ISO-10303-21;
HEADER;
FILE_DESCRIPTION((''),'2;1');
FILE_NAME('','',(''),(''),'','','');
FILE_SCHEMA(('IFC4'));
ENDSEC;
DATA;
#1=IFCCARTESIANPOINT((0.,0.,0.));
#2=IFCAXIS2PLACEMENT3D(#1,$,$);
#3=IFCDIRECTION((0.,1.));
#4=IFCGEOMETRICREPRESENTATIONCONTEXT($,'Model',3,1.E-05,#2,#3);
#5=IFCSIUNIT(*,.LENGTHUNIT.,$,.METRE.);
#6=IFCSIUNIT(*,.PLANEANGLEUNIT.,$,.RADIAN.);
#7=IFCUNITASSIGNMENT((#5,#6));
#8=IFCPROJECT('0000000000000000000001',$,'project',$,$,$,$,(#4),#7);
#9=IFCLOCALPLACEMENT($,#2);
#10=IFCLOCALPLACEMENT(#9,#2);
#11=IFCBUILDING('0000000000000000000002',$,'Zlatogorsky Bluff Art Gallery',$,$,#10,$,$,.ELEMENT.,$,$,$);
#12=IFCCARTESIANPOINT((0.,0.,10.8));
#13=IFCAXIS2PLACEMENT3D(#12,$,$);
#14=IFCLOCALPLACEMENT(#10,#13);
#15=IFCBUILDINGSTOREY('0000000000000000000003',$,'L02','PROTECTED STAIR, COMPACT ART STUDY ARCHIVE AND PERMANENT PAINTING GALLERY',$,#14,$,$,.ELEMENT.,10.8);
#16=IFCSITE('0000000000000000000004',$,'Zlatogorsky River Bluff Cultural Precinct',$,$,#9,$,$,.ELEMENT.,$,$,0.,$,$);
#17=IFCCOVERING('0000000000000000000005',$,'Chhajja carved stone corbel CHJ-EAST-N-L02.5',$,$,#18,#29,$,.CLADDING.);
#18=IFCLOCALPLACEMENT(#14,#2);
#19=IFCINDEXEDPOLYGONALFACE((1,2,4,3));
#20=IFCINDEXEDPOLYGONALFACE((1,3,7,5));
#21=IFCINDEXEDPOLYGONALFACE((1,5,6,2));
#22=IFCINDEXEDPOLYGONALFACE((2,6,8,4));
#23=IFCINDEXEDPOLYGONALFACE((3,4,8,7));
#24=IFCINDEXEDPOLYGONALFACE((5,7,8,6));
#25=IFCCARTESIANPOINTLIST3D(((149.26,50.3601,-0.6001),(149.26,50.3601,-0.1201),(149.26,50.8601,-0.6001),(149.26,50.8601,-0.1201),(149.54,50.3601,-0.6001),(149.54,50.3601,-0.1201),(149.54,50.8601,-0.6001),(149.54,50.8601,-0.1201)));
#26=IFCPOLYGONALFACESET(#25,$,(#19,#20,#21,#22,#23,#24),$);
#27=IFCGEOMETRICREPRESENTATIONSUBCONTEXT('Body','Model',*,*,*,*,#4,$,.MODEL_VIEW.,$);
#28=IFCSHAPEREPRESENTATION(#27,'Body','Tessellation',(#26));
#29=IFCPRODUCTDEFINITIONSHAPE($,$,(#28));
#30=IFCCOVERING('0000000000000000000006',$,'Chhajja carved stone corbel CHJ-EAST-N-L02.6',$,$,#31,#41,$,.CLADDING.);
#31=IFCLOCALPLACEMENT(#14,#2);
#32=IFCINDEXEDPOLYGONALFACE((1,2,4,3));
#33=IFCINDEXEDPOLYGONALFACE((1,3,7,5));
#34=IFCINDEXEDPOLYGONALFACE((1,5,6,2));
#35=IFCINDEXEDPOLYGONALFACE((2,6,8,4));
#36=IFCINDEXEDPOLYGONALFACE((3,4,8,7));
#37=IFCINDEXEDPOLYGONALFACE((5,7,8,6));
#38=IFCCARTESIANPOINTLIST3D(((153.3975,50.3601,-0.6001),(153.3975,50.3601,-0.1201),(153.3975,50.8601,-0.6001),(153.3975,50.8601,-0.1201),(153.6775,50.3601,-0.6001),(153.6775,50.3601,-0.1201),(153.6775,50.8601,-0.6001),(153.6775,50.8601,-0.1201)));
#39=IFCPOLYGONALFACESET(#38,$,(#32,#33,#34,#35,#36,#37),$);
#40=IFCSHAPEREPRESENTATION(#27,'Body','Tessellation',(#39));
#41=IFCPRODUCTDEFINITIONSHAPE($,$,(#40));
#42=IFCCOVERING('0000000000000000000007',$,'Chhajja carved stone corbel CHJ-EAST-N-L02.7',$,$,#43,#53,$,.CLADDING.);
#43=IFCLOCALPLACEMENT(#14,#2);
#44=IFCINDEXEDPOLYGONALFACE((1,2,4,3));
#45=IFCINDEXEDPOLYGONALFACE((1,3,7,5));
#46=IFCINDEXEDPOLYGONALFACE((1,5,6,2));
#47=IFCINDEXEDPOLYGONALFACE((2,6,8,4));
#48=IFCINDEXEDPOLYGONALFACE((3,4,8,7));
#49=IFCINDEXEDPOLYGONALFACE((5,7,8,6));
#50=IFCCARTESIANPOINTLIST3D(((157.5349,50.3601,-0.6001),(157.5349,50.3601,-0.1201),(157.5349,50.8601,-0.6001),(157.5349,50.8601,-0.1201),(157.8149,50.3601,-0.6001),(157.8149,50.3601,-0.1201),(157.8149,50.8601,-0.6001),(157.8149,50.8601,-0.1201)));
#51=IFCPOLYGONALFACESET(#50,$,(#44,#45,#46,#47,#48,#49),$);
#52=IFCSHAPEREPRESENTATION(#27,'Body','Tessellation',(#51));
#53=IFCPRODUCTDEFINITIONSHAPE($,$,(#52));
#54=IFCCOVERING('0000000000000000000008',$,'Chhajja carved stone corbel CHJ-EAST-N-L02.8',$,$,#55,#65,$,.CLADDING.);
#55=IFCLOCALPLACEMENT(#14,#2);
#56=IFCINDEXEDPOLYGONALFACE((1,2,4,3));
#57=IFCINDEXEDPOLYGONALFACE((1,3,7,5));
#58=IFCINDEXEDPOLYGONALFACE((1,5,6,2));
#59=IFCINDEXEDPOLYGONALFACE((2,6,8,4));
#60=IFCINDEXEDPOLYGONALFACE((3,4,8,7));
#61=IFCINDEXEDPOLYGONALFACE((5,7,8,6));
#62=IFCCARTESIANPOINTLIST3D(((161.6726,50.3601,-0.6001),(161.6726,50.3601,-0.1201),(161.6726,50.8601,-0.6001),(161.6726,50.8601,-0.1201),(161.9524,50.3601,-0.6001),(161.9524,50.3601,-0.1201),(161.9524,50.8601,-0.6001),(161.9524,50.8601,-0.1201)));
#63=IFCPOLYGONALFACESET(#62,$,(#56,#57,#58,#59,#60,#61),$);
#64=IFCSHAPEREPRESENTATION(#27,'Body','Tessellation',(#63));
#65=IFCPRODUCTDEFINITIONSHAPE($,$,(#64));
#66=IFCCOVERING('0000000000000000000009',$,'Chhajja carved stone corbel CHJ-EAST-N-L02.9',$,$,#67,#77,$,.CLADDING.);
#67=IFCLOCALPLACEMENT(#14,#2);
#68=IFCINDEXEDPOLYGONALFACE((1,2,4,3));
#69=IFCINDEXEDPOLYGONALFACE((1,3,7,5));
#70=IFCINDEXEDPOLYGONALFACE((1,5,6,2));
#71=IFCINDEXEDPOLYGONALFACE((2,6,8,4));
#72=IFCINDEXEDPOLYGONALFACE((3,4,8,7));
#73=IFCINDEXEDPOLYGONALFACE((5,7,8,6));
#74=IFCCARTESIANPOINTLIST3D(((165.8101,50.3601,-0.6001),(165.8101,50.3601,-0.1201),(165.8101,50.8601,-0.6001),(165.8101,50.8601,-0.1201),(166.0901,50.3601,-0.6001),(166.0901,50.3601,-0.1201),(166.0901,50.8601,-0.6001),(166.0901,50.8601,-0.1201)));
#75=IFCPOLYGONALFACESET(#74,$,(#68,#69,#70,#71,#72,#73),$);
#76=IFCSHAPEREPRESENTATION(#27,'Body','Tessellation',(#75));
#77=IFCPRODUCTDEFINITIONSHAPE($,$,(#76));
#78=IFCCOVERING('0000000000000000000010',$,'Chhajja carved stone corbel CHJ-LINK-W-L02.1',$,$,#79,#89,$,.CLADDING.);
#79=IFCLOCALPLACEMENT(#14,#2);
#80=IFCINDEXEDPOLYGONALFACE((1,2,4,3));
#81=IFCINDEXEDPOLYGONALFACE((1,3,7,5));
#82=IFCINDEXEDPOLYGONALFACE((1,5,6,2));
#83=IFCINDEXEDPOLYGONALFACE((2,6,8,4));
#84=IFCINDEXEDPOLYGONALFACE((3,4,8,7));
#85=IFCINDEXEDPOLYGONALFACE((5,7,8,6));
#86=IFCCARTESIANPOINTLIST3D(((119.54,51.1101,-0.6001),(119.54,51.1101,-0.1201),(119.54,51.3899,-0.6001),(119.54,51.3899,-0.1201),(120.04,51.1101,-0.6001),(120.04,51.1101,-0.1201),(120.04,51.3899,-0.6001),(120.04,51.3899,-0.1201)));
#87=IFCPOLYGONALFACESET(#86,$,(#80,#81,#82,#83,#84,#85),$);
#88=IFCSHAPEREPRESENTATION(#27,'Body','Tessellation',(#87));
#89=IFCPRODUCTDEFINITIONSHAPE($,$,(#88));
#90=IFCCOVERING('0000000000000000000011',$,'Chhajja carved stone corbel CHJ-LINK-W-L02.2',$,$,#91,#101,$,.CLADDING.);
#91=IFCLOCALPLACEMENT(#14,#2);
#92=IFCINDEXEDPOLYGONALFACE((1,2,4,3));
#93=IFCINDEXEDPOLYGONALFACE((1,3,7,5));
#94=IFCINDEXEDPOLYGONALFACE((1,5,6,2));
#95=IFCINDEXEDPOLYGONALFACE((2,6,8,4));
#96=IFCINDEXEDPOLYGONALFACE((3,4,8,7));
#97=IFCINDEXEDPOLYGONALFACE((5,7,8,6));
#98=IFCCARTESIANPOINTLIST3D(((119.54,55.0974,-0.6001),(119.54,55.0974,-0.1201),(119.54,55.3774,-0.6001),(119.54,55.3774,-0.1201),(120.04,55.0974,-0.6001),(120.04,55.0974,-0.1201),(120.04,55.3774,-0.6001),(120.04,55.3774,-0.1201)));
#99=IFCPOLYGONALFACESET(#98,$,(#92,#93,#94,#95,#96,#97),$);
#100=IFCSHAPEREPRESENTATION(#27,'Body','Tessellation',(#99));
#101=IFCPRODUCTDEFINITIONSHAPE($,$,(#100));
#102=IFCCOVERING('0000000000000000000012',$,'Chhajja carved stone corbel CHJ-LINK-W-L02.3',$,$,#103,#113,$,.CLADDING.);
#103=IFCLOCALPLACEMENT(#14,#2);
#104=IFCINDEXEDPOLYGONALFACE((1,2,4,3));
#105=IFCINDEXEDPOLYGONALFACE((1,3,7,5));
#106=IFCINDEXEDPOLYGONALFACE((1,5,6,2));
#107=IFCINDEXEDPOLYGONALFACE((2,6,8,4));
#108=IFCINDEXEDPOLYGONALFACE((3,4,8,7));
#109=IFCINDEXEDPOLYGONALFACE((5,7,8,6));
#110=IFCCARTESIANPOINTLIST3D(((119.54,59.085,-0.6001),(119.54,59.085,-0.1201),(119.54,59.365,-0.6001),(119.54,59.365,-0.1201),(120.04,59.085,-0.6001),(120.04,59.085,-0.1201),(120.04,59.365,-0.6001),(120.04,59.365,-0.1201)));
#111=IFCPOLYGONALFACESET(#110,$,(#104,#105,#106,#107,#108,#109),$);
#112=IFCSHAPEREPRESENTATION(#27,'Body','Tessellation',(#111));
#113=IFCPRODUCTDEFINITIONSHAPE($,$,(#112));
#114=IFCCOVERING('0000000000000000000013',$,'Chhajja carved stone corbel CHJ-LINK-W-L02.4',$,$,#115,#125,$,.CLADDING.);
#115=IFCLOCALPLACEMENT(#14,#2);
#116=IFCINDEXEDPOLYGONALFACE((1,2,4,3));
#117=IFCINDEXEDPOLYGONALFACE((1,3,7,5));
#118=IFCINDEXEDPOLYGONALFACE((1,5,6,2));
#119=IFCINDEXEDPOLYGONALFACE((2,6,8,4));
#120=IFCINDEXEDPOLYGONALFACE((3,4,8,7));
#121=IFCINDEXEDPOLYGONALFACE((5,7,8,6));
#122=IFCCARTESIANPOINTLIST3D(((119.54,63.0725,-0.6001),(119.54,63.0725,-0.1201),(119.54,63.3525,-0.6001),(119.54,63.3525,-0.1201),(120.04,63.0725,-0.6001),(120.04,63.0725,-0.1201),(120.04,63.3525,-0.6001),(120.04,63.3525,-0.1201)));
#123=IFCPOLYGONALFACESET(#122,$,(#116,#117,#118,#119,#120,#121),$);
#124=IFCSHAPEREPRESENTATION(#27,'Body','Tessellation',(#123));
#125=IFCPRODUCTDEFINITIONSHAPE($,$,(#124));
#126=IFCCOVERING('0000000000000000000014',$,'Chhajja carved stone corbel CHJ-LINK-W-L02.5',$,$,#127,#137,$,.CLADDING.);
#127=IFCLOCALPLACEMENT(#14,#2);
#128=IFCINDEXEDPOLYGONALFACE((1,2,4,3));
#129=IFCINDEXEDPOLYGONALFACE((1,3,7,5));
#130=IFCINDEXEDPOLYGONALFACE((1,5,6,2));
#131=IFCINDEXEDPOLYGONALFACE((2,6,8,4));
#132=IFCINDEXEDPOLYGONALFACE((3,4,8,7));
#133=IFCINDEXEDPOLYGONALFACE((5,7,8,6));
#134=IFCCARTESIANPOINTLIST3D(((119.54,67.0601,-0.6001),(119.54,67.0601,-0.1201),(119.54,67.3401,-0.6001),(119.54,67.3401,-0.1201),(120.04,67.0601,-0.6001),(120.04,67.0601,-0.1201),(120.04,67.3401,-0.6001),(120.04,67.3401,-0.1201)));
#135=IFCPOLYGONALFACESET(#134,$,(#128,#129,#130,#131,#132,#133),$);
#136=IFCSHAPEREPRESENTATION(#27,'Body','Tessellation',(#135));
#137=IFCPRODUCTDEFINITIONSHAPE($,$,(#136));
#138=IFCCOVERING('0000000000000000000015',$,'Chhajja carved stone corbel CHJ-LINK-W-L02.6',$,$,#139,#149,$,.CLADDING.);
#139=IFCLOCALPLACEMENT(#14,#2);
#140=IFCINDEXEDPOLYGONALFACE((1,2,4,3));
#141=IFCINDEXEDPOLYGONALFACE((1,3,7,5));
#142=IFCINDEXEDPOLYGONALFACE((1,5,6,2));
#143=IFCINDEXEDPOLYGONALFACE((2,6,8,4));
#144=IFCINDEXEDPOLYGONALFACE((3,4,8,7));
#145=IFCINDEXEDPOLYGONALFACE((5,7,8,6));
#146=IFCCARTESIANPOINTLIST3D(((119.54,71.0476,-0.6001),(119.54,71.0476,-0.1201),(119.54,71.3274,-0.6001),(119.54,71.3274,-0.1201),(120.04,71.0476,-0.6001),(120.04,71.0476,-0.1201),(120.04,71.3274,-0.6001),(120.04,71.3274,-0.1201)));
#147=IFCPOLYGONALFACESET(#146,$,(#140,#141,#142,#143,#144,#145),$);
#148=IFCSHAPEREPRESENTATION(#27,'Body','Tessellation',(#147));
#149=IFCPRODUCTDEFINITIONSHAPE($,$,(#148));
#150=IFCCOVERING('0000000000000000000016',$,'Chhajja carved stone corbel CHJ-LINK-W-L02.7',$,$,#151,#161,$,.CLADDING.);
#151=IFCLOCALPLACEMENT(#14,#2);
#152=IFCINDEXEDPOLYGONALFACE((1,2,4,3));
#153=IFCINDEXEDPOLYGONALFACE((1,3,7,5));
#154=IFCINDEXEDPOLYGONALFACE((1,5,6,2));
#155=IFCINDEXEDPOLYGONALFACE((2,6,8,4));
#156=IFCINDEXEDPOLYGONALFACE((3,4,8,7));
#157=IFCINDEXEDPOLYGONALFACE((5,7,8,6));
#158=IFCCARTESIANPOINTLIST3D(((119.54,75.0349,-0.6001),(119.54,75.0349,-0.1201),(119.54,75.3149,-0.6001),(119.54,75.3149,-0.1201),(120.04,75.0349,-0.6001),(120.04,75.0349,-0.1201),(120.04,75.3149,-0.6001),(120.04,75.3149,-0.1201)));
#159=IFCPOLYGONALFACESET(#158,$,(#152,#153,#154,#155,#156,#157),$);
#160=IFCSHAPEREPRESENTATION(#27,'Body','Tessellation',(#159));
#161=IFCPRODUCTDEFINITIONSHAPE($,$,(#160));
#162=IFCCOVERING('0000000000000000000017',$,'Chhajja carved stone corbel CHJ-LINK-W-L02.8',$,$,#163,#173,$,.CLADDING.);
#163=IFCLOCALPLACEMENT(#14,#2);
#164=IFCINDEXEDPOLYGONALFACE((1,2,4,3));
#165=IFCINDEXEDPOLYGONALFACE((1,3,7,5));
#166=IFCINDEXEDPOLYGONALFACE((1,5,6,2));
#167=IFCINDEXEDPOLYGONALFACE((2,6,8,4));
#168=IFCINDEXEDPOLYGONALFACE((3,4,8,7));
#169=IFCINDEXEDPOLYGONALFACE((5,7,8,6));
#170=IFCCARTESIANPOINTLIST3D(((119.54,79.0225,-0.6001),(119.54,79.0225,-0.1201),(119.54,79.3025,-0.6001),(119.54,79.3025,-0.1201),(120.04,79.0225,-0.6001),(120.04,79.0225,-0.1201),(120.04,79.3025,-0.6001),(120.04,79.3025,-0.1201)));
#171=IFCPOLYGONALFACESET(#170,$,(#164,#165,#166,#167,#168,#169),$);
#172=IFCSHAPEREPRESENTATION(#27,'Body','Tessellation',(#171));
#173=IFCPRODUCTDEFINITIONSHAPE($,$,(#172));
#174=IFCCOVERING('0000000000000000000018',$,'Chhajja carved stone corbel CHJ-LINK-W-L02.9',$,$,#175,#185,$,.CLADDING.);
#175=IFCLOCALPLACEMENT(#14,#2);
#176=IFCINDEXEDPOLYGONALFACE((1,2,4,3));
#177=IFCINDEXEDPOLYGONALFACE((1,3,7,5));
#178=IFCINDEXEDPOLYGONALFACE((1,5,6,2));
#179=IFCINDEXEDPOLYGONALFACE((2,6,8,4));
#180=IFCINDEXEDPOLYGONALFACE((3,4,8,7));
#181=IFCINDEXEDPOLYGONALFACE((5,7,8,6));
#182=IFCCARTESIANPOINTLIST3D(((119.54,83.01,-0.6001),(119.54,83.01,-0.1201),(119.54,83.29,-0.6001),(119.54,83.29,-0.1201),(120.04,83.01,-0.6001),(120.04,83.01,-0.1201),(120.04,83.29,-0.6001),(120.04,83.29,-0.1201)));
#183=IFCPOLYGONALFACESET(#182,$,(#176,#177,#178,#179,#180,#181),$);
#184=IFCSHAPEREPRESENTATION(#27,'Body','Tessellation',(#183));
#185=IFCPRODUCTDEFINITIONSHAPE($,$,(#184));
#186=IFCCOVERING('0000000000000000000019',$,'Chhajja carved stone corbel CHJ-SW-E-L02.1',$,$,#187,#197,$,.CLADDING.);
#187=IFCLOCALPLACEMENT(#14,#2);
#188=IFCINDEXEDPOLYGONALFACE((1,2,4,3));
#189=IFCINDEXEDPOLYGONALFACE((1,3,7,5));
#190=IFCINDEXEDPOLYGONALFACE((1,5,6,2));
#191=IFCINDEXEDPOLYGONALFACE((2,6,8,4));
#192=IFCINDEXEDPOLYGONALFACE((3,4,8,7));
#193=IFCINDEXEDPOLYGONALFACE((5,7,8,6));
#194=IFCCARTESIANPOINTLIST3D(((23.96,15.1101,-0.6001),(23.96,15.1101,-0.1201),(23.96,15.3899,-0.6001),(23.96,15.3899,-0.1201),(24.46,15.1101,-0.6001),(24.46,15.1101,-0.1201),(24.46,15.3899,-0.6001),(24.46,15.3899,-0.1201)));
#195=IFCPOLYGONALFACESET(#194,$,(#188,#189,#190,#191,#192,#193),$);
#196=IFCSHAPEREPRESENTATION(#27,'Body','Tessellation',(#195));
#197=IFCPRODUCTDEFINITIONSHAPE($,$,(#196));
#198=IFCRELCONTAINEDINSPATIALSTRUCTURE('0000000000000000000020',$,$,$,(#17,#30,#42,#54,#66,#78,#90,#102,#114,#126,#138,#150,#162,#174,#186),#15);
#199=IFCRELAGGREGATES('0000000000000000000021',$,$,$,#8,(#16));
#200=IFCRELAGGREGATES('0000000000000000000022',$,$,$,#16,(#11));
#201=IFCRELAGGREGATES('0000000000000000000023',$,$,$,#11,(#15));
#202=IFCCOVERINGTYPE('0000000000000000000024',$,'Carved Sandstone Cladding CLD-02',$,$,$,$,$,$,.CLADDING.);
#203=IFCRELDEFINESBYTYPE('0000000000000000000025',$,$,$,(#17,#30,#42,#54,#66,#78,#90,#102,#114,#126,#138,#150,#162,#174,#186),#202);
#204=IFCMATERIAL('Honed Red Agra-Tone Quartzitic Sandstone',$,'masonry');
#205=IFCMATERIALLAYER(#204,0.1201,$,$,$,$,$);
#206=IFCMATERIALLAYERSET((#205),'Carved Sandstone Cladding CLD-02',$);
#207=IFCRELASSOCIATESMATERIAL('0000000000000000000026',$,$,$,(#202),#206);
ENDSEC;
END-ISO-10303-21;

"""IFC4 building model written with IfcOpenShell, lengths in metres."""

from ifc_helpers import new_model, si_unit, direction, frame, origin, place, context, subcontext, project, spatial, polyline, outline, extrude, material, layer, layer_set, type_object, element, save


model = new_model("IFC4")

# Units and contexts
model_context = context("Model", 3, precision=1e-05, world=origin(), true_north=direction((0.0, 1.0)))
body_context = subcontext(model_context, "Body", "Model", "MODEL_VIEW")
ifc_project = project(units=[si_unit("LENGTHUNIT", "METRE"), si_unit("PLANEANGLEUNIT", "RADIAN")], contexts=[model_context])

# Site, building, storey
site_placement = place(None, origin())
site = spatial("IfcSite", under=ifc_project, at=site_placement, Name="Zlatogorsky River Bluff Cultural Precinct", CompositionType="ELEMENT", RefElevation=0.0)
building_placement = place(site_placement, origin())
building = spatial("IfcBuilding", under=site, at=building_placement, Name="Zlatogorsky Bluff Art Gallery", CompositionType="ELEMENT")
storey_placement = place(building_placement, frame((0.0, 0.0, 10.8)))
storey = spatial("IfcBuildingStorey", under=building, at=storey_placement, Name="L02", Description="PROTECTED STAIR, COMPACT ART STUDY ARCHIVE AND PERMANENT PAINTING GALLERY", CompositionType="ELEMENT", Elevation=10.8)

# Coverings
ifc_material = material(Name="Honed Red Agra-Tone Quartzitic Sandstone", Category="masonry")
ifc_layer = layer(ifc_material, 0.1201)
ifc_layer_set = layer_set([ifc_layer], Name="Carved Sandstone Cladding CLD-02")
covering_type = type_object("IfcCoveringType", Name="Carved Sandstone Cladding CLD-02", PredefinedType="CLADDING", material=ifc_layer_set)
covering_1_placement = place(storey_placement, frame((0.0, 0.0, -0.6001)))
element("IfcCovering", 1, at=covering_1_placement, inside=storey, type_object=covering_type, Name="Chhajja carved stone corbel CHJ-EAST-N-L02.5", PredefinedType="CLADDING", context=body_context, shape_type="SweptSolid", body=[
    extrude(outline(polyline([(149.26, 50.3601), (149.54, 50.3601), (149.54, 50.8601), (149.26, 50.8601), (149.26, 50.3601)])), origin(), (0.0, 0.0, 1.0), 0.48),
])
covering_2_placement = place(storey_placement, frame((0.0, 0.0, -0.6001)))
element("IfcCovering", 2, at=covering_2_placement, inside=storey, type_object=covering_type, Name="Chhajja carved stone corbel CHJ-EAST-N-L02.6", PredefinedType="CLADDING", context=body_context, shape_type="SweptSolid", body=[
    extrude(outline(polyline([(153.3975, 50.3601), (153.6775, 50.3601), (153.6775, 50.8601), (153.3975, 50.8601), (153.3975, 50.3601)])), origin(), (0.0, 0.0, 1.0), 0.48),
])
covering_3_placement = place(storey_placement, frame((0.0, 0.0, -0.6001)))
element("IfcCovering", 3, at=covering_3_placement, inside=storey, type_object=covering_type, Name="Chhajja carved stone corbel CHJ-EAST-N-L02.7", PredefinedType="CLADDING", context=body_context, shape_type="SweptSolid", body=[
    extrude(outline(polyline([(157.5349, 50.3601), (157.8149, 50.3601), (157.8149, 50.8601), (157.5349, 50.8601), (157.5349, 50.3601)])), origin(), (0.0, 0.0, 1.0), 0.48),
])
covering_4_placement = place(storey_placement, frame((0.0, 0.0, -0.6001)))
element("IfcCovering", 4, at=covering_4_placement, inside=storey, type_object=covering_type, Name="Chhajja carved stone corbel CHJ-EAST-N-L02.8", PredefinedType="CLADDING", context=body_context, shape_type="SweptSolid", body=[
    extrude(outline(polyline([(161.6726, 50.3601), (161.9524, 50.3601), (161.9524, 50.8601), (161.6726, 50.8601), (161.6726, 50.3601)])), origin(), (0.0, 0.0, 1.0), 0.48),
])
covering_5_placement = place(storey_placement, frame((0.0, 0.0, -0.6001)))
element("IfcCovering", 5, at=covering_5_placement, inside=storey, type_object=covering_type, Name="Chhajja carved stone corbel CHJ-EAST-N-L02.9", PredefinedType="CLADDING", context=body_context, shape_type="SweptSolid", body=[
    extrude(outline(polyline([(165.8101, 50.3601), (166.0901, 50.3601), (166.0901, 50.8601), (165.8101, 50.8601), (165.8101, 50.3601)])), origin(), (0.0, 0.0, 1.0), 0.48),
])
covering_6_placement = place(storey_placement, frame((0.0, 0.0, -0.6001)))
element("IfcCovering", 6, at=covering_6_placement, inside=storey, type_object=covering_type, Name="Chhajja carved stone corbel CHJ-LINK-W-L02.1", PredefinedType="CLADDING", context=body_context, shape_type="SweptSolid", body=[
    extrude(outline(polyline([(119.54, 51.1101), (119.54, 51.3899), (120.04, 51.3899), (120.04, 51.1101), (119.54, 51.1101)])), origin(), (0.0, 0.0, 1.0), 0.48),
])
covering_7_placement = place(storey_placement, frame((0.0, 0.0, -0.6001)))
element("IfcCovering", 7, at=covering_7_placement, inside=storey, type_object=covering_type, Name="Chhajja carved stone corbel CHJ-LINK-W-L02.2", PredefinedType="CLADDING", context=body_context, shape_type="SweptSolid", body=[
    extrude(outline(polyline([(119.54, 55.0974), (119.54, 55.3774), (120.04, 55.3774), (120.04, 55.0974), (119.54, 55.0974)])), origin(), (0.0, 0.0, 1.0), 0.48),
])
covering_8_placement = place(storey_placement, frame((0.0, 0.0, -0.6001)))
element("IfcCovering", 8, at=covering_8_placement, inside=storey, type_object=covering_type, Name="Chhajja carved stone corbel CHJ-LINK-W-L02.3", PredefinedType="CLADDING", context=body_context, shape_type="SweptSolid", body=[
    extrude(outline(polyline([(119.54, 59.085), (119.54, 59.365), (120.04, 59.365), (120.04, 59.085), (119.54, 59.085)])), origin(), (0.0, 0.0, 1.0), 0.48),
])
covering_9_placement = place(storey_placement, frame((0.0, 0.0, -0.6001)))
element("IfcCovering", 9, at=covering_9_placement, inside=storey, type_object=covering_type, Name="Chhajja carved stone corbel CHJ-LINK-W-L02.4", PredefinedType="CLADDING", context=body_context, shape_type="SweptSolid", body=[
    extrude(outline(polyline([(119.54, 63.0725), (119.54, 63.3525), (120.04, 63.3525), (120.04, 63.0725), (119.54, 63.0725)])), origin(), (0.0, 0.0, 1.0), 0.48),
])
covering_10_placement = place(storey_placement, frame((0.0, 0.0, -0.6001)))
element("IfcCovering", 10, at=covering_10_placement, inside=storey, type_object=covering_type, Name="Chhajja carved stone corbel CHJ-LINK-W-L02.5", PredefinedType="CLADDING", context=body_context, shape_type="SweptSolid", body=[
    extrude(outline(polyline([(119.54, 67.0601), (119.54, 67.3401), (120.04, 67.3401), (120.04, 67.0601), (119.54, 67.0601)])), origin(), (0.0, 0.0, 1.0), 0.48),
])
covering_11_placement = place(storey_placement, frame((0.0, 0.0, -0.6001)))
element("IfcCovering", 11, at=covering_11_placement, inside=storey, type_object=covering_type, Name="Chhajja carved stone corbel CHJ-LINK-W-L02.6", PredefinedType="CLADDING", context=body_context, shape_type="SweptSolid", body=[
    extrude(outline(polyline([(119.54, 71.0476), (119.54, 71.3274), (120.04, 71.3274), (120.04, 71.0476), (119.54, 71.0476)])), origin(), (0.0, 0.0, 1.0), 0.48),
])
covering_12_placement = place(storey_placement, frame((0.0, 0.0, -0.6001)))
element("IfcCovering", 12, at=covering_12_placement, inside=storey, type_object=covering_type, Name="Chhajja carved stone corbel CHJ-LINK-W-L02.7", PredefinedType="CLADDING", context=body_context, shape_type="SweptSolid", body=[
    extrude(outline(polyline([(119.54, 75.0349), (119.54, 75.3149), (120.04, 75.3149), (120.04, 75.0349), (119.54, 75.0349)])), origin(), (0.0, 0.0, 1.0), 0.48),
])
covering_13_placement = place(storey_placement, frame((0.0, 0.0, -0.6001)))
element("IfcCovering", 13, at=covering_13_placement, inside=storey, type_object=covering_type, Name="Chhajja carved stone corbel CHJ-LINK-W-L02.8", PredefinedType="CLADDING", context=body_context, shape_type="SweptSolid", body=[
    extrude(outline(polyline([(119.54, 79.0225), (119.54, 79.3025), (120.04, 79.3025), (120.04, 79.0225), (119.54, 79.0225)])), origin(), (0.0, 0.0, 1.0), 0.48),
])
covering_14_placement = place(storey_placement, frame((0.0, 0.0, -0.6001)))
element("IfcCovering", 14, at=covering_14_placement, inside=storey, type_object=covering_type, Name="Chhajja carved stone corbel CHJ-LINK-W-L02.9", PredefinedType="CLADDING", context=body_context, shape_type="SweptSolid", body=[
    extrude(outline(polyline([(119.54, 83.01), (119.54, 83.29), (120.04, 83.29), (120.04, 83.01), (119.54, 83.01)])), origin(), (0.0, 0.0, 1.0), 0.48),
])
covering_15_placement = place(storey_placement, frame((0.0, 0.0, -0.6001)))
element("IfcCovering", 15, at=covering_15_placement, inside=storey, type_object=covering_type, Name="Chhajja carved stone corbel CHJ-SW-E-L02.1", PredefinedType="CLADDING", context=body_context, shape_type="SweptSolid", body=[
    extrude(outline(polyline([(23.96, 15.1101), (23.96, 15.3899), (24.46, 15.3899), (24.46, 15.1101), (23.96, 15.1101)])), origin(), (0.0, 0.0, 1.0), 0.48),
])

save(model, "model.ifc")
